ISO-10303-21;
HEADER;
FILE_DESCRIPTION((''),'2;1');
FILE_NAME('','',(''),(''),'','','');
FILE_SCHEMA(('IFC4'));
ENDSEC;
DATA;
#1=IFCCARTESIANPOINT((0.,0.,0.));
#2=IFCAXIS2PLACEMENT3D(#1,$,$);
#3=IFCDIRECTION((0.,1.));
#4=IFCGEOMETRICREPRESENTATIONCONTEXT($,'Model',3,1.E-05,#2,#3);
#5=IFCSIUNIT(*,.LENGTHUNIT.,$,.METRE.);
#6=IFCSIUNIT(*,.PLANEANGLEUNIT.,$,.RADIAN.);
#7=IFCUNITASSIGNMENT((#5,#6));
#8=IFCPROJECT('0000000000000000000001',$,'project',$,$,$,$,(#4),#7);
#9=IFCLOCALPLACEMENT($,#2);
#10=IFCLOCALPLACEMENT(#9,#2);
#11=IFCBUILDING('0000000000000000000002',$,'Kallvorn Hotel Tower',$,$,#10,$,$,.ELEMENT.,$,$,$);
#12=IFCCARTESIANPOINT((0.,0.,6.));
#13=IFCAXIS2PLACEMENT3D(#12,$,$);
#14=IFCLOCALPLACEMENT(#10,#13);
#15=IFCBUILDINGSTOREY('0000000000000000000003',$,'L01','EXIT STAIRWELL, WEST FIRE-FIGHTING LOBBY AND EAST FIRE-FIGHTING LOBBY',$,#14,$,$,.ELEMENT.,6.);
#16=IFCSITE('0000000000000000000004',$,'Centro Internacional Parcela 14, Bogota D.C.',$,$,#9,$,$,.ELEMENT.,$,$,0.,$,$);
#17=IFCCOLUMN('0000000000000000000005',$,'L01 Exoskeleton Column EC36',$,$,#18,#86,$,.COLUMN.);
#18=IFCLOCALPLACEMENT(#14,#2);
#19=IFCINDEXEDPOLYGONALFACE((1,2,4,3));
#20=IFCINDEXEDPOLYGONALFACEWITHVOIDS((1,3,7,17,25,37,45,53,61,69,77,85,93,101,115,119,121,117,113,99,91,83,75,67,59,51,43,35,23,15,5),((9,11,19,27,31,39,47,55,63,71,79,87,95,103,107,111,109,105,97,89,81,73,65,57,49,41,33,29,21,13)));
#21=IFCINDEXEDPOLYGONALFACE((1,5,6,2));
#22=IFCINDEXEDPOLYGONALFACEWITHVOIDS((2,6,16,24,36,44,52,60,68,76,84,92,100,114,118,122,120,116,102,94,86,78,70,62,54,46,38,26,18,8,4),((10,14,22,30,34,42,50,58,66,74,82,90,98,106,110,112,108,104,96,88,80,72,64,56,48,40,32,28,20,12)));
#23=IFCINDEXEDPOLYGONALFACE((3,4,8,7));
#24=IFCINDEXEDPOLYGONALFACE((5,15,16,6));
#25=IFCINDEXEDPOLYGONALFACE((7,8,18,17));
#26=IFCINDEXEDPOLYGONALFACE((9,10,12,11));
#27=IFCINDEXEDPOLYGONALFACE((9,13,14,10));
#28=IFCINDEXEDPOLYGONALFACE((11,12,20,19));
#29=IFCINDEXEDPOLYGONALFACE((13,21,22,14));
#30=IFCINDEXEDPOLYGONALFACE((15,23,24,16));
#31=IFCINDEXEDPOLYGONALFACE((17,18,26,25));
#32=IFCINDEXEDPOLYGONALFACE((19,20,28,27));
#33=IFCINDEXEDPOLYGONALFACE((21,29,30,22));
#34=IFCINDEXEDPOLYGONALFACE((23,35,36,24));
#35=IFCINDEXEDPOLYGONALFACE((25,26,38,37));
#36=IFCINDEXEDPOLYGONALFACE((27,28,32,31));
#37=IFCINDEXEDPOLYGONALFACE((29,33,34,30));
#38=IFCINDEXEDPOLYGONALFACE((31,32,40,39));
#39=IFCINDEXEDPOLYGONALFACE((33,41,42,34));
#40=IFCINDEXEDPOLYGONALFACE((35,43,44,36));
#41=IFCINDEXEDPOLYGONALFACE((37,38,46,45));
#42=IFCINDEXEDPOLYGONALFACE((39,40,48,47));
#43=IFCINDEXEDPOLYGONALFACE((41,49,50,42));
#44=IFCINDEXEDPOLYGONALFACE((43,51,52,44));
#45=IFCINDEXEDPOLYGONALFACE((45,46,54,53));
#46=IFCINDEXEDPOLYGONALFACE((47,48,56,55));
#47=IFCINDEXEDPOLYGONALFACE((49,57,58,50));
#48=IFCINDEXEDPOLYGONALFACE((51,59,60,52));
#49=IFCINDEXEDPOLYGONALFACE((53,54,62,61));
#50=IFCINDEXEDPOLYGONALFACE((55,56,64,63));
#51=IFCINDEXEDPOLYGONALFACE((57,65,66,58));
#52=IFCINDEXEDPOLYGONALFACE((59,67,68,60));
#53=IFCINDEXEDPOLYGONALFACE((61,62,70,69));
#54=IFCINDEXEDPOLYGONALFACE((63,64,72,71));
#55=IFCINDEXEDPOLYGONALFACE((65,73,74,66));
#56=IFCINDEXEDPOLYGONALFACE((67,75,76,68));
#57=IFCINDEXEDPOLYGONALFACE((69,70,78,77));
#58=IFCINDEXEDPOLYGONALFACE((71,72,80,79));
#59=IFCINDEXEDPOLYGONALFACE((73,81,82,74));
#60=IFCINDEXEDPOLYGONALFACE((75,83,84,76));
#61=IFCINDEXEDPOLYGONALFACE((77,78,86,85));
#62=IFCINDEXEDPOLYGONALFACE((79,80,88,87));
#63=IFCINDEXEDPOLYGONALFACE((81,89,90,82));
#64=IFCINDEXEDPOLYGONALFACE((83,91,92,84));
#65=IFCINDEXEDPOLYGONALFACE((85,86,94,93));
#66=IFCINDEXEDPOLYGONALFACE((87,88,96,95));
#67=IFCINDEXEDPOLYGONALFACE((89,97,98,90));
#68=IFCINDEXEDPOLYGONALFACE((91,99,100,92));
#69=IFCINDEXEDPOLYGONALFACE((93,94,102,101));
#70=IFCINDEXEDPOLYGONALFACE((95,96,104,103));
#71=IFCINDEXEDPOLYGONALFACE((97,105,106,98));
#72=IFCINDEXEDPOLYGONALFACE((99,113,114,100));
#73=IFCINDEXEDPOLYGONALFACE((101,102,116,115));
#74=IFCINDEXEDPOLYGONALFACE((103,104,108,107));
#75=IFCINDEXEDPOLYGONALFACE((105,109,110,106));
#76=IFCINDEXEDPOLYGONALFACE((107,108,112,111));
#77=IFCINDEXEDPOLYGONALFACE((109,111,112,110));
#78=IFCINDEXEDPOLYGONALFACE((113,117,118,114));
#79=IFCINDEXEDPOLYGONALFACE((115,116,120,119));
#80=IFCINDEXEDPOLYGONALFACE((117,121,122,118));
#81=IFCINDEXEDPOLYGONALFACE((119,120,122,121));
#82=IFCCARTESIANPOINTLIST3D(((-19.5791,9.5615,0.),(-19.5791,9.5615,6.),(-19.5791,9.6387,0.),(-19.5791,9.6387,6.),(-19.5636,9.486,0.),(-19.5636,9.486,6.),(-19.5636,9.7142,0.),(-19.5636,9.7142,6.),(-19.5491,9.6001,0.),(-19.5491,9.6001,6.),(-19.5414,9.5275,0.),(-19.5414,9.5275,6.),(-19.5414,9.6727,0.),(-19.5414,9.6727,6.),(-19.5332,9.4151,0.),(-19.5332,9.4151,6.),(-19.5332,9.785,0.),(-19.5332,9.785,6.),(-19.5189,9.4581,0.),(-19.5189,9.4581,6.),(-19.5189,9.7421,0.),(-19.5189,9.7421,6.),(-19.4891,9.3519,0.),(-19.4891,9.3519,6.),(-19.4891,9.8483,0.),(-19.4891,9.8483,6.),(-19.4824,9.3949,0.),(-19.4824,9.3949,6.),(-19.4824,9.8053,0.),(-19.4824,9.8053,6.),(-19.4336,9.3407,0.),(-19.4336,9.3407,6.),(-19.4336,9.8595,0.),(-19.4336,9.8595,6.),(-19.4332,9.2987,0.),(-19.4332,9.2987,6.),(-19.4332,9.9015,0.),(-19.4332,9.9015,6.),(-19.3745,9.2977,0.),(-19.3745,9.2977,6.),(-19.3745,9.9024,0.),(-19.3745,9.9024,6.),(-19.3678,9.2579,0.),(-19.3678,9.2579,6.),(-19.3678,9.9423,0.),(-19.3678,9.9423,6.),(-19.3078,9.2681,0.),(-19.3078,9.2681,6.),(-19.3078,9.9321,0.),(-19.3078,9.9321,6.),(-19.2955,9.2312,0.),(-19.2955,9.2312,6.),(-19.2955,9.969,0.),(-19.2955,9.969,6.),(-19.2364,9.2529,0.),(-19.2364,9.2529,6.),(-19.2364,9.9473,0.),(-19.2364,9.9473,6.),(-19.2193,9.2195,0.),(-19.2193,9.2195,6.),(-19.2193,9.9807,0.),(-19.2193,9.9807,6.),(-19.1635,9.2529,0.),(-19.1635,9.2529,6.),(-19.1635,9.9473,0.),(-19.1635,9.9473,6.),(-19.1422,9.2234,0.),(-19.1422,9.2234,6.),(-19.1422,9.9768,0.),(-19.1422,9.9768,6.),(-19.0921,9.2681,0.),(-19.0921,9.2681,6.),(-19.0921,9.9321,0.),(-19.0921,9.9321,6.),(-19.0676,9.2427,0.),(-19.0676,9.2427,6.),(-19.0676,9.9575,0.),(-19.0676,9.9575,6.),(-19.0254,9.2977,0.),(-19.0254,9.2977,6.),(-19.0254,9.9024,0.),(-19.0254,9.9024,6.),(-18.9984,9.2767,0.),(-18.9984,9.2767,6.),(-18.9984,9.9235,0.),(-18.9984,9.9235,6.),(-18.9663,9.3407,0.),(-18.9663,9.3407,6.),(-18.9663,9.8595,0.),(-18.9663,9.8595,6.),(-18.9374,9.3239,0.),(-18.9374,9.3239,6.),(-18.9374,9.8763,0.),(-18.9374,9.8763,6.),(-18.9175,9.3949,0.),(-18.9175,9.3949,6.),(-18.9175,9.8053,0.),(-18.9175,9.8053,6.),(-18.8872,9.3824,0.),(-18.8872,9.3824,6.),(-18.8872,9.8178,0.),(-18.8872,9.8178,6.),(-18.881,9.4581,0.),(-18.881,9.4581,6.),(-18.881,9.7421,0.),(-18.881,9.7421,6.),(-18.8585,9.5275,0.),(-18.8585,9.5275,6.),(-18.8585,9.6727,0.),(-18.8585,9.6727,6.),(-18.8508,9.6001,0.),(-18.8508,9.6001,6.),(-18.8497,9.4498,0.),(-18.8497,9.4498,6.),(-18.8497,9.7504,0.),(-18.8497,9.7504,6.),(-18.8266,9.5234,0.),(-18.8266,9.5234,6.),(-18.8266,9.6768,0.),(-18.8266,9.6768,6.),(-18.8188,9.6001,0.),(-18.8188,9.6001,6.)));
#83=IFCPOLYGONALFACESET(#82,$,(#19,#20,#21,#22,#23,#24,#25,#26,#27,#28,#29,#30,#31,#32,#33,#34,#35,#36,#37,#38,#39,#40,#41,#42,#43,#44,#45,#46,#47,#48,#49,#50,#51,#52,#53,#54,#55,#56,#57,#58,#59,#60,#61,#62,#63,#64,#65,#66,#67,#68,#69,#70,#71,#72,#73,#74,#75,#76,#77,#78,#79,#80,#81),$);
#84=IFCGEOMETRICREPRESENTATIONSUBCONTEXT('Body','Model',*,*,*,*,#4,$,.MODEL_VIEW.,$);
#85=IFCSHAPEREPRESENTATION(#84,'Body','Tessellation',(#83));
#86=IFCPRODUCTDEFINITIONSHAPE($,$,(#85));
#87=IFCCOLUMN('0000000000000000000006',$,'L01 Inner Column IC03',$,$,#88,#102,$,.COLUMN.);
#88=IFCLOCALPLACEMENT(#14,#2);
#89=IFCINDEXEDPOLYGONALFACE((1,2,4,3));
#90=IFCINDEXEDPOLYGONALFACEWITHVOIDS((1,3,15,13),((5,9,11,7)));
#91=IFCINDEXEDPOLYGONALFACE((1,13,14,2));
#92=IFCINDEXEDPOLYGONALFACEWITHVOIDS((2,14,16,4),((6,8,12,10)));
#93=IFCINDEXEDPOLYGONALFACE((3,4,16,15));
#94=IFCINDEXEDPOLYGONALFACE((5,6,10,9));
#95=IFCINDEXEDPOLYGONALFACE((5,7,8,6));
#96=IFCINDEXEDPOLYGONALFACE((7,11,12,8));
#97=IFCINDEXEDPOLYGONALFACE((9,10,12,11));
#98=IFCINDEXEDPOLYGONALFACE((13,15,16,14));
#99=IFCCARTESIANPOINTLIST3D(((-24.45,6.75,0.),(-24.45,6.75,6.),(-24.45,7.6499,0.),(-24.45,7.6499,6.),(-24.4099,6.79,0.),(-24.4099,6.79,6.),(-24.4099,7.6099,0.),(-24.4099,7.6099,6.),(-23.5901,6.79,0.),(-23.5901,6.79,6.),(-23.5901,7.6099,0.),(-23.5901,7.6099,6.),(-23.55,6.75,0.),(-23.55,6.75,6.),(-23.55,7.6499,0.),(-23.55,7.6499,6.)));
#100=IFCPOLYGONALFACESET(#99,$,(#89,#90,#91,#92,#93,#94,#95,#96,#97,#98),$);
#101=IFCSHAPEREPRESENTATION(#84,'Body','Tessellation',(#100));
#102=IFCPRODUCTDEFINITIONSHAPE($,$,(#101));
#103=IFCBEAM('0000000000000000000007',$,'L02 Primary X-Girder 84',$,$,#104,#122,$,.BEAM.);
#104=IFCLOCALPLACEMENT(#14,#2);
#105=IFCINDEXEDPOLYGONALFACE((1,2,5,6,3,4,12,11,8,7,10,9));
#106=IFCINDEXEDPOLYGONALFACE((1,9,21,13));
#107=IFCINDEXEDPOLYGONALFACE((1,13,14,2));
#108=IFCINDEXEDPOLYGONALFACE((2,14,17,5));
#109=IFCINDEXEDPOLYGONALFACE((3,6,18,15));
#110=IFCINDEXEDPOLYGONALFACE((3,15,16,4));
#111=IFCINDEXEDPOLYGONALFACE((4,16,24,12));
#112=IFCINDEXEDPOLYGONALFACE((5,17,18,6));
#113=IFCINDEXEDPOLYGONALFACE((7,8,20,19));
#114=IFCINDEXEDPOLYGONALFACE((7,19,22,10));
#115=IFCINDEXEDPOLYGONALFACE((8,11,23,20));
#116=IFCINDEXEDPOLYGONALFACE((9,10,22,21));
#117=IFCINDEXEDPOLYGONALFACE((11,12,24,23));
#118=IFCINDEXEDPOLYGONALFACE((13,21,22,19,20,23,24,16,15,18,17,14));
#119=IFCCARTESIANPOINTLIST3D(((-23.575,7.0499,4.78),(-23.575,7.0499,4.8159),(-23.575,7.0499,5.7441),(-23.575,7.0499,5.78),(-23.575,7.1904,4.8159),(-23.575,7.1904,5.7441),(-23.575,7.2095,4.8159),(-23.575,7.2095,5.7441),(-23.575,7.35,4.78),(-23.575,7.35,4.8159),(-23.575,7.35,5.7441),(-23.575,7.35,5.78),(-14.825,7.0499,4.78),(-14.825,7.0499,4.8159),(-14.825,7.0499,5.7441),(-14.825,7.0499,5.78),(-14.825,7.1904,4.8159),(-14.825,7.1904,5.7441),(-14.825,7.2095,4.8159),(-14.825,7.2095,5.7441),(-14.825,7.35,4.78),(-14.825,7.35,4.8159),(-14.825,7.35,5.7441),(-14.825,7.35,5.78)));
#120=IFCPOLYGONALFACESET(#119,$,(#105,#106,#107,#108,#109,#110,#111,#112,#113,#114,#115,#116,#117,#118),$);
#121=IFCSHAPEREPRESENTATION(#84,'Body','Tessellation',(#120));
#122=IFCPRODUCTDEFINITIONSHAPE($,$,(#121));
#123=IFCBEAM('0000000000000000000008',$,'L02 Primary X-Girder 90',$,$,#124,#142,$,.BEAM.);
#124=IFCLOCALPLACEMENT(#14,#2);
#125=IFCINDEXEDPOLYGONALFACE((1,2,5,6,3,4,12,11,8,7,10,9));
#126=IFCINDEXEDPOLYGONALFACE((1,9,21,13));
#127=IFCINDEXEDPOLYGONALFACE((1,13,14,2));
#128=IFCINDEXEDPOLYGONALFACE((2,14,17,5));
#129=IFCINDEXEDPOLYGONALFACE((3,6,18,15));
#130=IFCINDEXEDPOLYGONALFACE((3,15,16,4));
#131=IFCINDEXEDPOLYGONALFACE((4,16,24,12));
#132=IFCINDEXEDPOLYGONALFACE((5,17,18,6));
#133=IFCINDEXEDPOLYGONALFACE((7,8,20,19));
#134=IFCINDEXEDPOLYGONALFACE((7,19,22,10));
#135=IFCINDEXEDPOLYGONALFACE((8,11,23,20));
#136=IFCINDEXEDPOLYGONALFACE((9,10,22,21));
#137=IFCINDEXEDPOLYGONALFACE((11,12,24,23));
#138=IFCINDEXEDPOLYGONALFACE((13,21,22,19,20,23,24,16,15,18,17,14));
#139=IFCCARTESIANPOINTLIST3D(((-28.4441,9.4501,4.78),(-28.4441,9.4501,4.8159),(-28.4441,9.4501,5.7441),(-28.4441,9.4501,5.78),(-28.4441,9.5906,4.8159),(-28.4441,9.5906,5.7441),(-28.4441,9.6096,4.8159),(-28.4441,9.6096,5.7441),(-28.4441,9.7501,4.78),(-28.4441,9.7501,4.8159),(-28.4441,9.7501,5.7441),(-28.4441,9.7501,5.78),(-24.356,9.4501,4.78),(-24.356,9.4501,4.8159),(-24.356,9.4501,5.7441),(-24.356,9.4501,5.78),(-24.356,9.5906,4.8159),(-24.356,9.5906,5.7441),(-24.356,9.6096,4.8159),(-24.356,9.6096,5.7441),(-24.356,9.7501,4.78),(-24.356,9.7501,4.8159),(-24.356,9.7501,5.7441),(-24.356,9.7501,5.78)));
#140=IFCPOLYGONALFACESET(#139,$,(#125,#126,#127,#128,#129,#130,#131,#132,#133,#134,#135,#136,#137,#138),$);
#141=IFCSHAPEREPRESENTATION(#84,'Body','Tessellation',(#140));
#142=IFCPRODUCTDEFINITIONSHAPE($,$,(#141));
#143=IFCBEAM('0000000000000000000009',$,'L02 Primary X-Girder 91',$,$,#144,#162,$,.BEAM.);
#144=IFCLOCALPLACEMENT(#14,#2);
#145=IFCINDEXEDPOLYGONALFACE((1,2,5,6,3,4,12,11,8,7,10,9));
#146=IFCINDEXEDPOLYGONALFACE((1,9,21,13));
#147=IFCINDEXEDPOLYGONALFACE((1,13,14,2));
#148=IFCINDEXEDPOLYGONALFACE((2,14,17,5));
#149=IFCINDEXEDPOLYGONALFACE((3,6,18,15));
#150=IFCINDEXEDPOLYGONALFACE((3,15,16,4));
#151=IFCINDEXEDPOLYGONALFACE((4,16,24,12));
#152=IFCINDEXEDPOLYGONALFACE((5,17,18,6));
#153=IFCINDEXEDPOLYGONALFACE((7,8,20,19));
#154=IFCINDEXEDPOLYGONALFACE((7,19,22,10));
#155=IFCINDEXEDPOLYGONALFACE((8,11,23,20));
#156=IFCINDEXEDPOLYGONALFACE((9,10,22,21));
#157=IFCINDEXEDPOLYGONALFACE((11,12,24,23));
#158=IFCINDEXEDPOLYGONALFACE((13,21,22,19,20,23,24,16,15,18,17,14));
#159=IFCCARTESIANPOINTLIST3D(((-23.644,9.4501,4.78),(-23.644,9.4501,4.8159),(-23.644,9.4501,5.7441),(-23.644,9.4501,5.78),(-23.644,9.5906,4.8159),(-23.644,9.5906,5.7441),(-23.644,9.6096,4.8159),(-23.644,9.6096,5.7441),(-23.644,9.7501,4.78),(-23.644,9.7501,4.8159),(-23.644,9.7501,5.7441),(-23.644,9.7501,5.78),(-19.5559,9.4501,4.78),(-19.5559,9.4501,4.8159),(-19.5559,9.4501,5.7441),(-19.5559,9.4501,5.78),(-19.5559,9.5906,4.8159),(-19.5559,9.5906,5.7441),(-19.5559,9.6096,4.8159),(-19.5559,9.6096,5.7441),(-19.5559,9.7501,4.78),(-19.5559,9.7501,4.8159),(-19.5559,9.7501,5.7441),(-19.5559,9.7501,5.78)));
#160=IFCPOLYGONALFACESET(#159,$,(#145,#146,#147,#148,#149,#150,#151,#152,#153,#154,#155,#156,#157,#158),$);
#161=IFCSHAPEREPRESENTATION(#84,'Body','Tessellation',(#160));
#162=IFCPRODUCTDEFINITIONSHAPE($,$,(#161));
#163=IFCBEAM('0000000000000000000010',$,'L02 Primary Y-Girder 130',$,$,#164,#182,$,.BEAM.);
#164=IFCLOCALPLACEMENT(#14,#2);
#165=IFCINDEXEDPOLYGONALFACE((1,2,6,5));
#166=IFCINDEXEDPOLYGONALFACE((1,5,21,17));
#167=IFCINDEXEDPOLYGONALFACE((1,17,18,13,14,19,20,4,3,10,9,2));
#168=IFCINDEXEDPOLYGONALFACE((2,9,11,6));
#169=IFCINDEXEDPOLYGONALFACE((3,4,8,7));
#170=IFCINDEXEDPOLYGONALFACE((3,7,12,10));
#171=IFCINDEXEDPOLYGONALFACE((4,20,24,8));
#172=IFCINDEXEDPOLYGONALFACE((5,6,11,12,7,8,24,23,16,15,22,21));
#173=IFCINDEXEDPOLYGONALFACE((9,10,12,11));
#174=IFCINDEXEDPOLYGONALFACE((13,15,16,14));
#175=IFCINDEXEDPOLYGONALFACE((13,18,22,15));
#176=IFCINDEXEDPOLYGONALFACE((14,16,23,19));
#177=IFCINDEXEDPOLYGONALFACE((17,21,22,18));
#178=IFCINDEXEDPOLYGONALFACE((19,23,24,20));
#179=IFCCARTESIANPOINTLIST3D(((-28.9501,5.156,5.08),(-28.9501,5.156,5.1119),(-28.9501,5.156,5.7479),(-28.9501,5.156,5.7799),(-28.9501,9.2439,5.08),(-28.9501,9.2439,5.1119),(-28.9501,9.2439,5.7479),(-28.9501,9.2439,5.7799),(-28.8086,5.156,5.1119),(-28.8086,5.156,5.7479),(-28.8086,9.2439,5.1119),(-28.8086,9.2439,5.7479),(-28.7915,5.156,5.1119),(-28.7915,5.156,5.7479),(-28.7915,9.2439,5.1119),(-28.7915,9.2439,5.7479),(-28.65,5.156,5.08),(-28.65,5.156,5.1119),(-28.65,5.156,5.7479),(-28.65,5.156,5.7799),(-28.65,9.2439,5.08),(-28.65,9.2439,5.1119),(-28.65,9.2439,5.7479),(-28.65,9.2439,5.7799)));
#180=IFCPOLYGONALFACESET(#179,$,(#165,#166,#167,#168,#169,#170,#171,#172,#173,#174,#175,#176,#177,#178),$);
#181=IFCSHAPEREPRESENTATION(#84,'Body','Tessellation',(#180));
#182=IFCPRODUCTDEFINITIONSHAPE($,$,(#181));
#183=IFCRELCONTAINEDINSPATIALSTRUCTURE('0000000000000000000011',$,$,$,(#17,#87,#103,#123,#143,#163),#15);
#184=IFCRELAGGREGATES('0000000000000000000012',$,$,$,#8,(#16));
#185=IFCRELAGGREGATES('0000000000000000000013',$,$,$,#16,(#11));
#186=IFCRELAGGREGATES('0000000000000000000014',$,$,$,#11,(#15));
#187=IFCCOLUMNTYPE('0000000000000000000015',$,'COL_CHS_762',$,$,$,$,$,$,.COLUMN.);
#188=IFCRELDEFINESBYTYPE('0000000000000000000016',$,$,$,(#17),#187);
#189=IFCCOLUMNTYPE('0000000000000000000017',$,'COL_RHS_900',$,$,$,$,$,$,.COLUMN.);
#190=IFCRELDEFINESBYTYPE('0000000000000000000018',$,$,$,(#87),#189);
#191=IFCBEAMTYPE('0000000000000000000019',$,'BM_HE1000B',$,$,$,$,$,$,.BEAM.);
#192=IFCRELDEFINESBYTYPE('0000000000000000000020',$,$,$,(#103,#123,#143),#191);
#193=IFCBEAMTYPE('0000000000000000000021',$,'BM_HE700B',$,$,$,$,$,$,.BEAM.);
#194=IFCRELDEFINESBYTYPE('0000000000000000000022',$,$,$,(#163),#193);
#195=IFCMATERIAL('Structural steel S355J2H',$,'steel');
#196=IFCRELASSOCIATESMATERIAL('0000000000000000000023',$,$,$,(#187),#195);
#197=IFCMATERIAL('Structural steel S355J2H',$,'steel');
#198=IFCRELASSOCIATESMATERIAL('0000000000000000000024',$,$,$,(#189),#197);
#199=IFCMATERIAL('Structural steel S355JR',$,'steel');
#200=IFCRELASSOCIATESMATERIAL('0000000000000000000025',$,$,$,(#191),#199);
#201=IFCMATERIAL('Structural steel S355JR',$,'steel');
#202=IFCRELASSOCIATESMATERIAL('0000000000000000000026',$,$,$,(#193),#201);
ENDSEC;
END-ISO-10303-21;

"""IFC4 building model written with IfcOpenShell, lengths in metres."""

from ifc_helpers import new_model, si_unit, direction, frame, origin, origin_2d, place, context, subcontext, project, spatial, hollow_rectangle, hollow_circle, i_section, extrude, material, material_profile, profile_set, type_object, element, save


model = new_model("IFC4")

# Units and contexts
model_context = context("Model", 3, precision=1e-05, world=origin(), true_north=direction((0.0, 1.0)))
body_context = subcontext(model_context, "Body", "Model", "MODEL_VIEW")
ifc_project = project(units=[si_unit("LENGTHUNIT", "METRE"), si_unit("PLANEANGLEUNIT", "RADIAN")], contexts=[model_context])

# Site, building, storey
site_placement = place(None, origin())
site = spatial("IfcSite", under=ifc_project, at=site_placement, Name="Centro Internacional Parcela 14, Bogota D.C.", CompositionType="ELEMENT", RefElevation=0.0)
building_placement = place(site_placement, origin())
building = spatial("IfcBuilding", under=site, at=building_placement, Name="Kallvorn Hotel Tower", CompositionType="ELEMENT")
storey_placement = place(building_placement, frame((0.0, 0.0, 6.0)))
storey = spatial("IfcBuildingStorey", under=building, at=storey_placement, Name="L01", Description="EXIT STAIRWELL, WEST FIRE-FIGHTING LOBBY AND EAST FIRE-FIGHTING LOBBY", CompositionType="ELEMENT", Elevation=6.0)

# Columns
ifc_material_1 = material(Name="Structural steel S355J2H", Category="steel")
ifc_material_profile_1 = material_profile(ifc_material_1, hollow_circle(Radius=0.3811, WallThickness=0.032, at=origin_2d()), Name="CHS 762x32")
ifc_profile_set_1 = profile_set([ifc_material_profile_1], Name="Structural steel S355J2H")
column_type_1 = type_object("IfcColumnType", Name="COL_CHS_762", PredefinedType="COLUMN", material=ifc_profile_set_1)
for number, where, z_axis, x_axis, name in (
    (1, (-19.2, 9.6001, 0.0), (0.0, 0.0, 1.0), (1.0, 0.0, 0.0), "L01 Exoskeleton Column EC36"),
):
    element("IfcColumn", number, at=place(storey_placement, frame(where, z_axis=z_axis, x_axis=x_axis)), inside=storey, type_object=column_type_1, Name=name, PredefinedType="COLUMN", context=body_context, shape_type="SweptSolid", body=[
        extrude(hollow_circle(Radius=0.3811, WallThickness=0.032, at=origin_2d()), origin(), (0.0, 0.0, 1.0), 6.0),
    ])
ifc_material_2 = material(Name="Structural steel S355J2H", Category="steel")
ifc_material_profile_2 = material_profile(ifc_material_2, hollow_rectangle(XDim=0.8999, YDim=0.8999, WallThickness=0.04, at=origin_2d()), Name="RHS 900x900x40")
ifc_profile_set_2 = profile_set([ifc_material_profile_2], Name="Structural steel S355J2H")
column_type_2 = type_object("IfcColumnType", Name="COL_RHS_900", PredefinedType="COLUMN", material=ifc_profile_set_2)
column_placement = place(storey_placement, frame((-24.0, 7.2, 0.0), z_axis=(0.0, 0.0, 1.0), x_axis=(1.0, 0.0, 0.0)))
element("IfcColumn", 2, at=column_placement, inside=storey, type_object=column_type_2, Name="L01 Inner Column IC03", PredefinedType="COLUMN", context=body_context, shape_type="SweptSolid", body=[
    extrude(hollow_rectangle(XDim=0.8999, YDim=0.8999, WallThickness=0.04, at=origin_2d()), origin(), (0.0, 0.0, 1.0), 6.0),
])

# Beams
ifc_material_3 = material(Name="Structural steel S355JR", Category="steel")
ifc_material_profile_3 = material_profile(ifc_material_3, i_section(OverallWidth=0.3, OverallDepth=1.0, WebThickness=0.019, FlangeThickness=0.0359, at=origin_2d()), Name="HE 1000 B")
ifc_profile_set_3 = profile_set([ifc_material_profile_3], Name="Structural steel S355JR")
beam_type_1 = type_object("IfcBeamType", Name="BM_HE1000B", PredefinedType="BEAM", material=ifc_profile_set_3)
beam_1_placement = place(storey_placement, frame((-23.575, 7.2, 5.28), z_axis=(1.0, 0.0, 0.0), x_axis=(0.0, 1.0, 0.0)))
element("IfcBeam", 3, at=beam_1_placement, inside=storey, type_object=beam_type_1, Name="L02 Primary X-Girder 84", PredefinedType="BEAM", context=body_context, shape_type="SweptSolid", body=[
    extrude(i_section(OverallWidth=0.3, OverallDepth=1.0, WebThickness=0.019, FlangeThickness=0.0359, at=origin_2d()), origin(), (0.0, 0.0, 1.0), 8.75),
])
for number, where, z_axis, x_axis, name in (
    (4, (-28.4441, 9.6001, 5.28), (1.0, 0.0, 0.0), (0.0, 1.0, 0.0), "L02 Primary X-Girder 90"),
    (5, (-23.644, 9.6001, 5.28), (1.0, 0.0, 0.0), (0.0, 1.0, 0.0), "L02 Primary X-Girder 91"),
):
    element("IfcBeam", number, at=place(storey_placement, frame(where, z_axis=z_axis, x_axis=x_axis)), inside=storey, type_object=beam_type_1, Name=name, PredefinedType="BEAM", context=body_context, shape_type="SweptSolid", body=[
        extrude(i_section(OverallWidth=0.3, OverallDepth=1.0, WebThickness=0.019, FlangeThickness=0.0359, at=origin_2d()), origin(), (0.0, 0.0, 1.0), 4.0881),
    ])
ifc_material_4 = material(Name="Structural steel S355JR", Category="steel")
ifc_material_profile_4 = material_profile(ifc_material_4, i_section(OverallWidth=0.3, OverallDepth=0.7, WebThickness=0.0171, FlangeThickness=0.032, at=origin_2d()), Name="HE 700 B")
ifc_profile_set_4 = profile_set([ifc_material_profile_4], Name="Structural steel S355JR")
beam_type_2 = type_object("IfcBeamType", Name="BM_HE700B", PredefinedType="BEAM", material=ifc_profile_set_4)
for number, where, z_axis, x_axis, name in (
    (6, (-28.8, 5.156, 5.4299), (0.0, 1.0, 0.0), (-1.0, 0.0, 0.0), "L02 Primary Y-Girder 130"),
):
    element("IfcBeam", number, at=place(storey_placement, frame(where, z_axis=z_axis, x_axis=x_axis)), inside=storey, type_object=beam_type_2, Name=name, PredefinedType="BEAM", context=body_context, shape_type="SweptSolid", body=[
        extrude(i_section(OverallWidth=0.3, OverallDepth=0.7, WebThickness=0.0171, FlangeThickness=0.032, at=origin_2d()), origin(), (0.0, 0.0, 1.0), 4.0879),
    ])

save(model, "model.ifc")
